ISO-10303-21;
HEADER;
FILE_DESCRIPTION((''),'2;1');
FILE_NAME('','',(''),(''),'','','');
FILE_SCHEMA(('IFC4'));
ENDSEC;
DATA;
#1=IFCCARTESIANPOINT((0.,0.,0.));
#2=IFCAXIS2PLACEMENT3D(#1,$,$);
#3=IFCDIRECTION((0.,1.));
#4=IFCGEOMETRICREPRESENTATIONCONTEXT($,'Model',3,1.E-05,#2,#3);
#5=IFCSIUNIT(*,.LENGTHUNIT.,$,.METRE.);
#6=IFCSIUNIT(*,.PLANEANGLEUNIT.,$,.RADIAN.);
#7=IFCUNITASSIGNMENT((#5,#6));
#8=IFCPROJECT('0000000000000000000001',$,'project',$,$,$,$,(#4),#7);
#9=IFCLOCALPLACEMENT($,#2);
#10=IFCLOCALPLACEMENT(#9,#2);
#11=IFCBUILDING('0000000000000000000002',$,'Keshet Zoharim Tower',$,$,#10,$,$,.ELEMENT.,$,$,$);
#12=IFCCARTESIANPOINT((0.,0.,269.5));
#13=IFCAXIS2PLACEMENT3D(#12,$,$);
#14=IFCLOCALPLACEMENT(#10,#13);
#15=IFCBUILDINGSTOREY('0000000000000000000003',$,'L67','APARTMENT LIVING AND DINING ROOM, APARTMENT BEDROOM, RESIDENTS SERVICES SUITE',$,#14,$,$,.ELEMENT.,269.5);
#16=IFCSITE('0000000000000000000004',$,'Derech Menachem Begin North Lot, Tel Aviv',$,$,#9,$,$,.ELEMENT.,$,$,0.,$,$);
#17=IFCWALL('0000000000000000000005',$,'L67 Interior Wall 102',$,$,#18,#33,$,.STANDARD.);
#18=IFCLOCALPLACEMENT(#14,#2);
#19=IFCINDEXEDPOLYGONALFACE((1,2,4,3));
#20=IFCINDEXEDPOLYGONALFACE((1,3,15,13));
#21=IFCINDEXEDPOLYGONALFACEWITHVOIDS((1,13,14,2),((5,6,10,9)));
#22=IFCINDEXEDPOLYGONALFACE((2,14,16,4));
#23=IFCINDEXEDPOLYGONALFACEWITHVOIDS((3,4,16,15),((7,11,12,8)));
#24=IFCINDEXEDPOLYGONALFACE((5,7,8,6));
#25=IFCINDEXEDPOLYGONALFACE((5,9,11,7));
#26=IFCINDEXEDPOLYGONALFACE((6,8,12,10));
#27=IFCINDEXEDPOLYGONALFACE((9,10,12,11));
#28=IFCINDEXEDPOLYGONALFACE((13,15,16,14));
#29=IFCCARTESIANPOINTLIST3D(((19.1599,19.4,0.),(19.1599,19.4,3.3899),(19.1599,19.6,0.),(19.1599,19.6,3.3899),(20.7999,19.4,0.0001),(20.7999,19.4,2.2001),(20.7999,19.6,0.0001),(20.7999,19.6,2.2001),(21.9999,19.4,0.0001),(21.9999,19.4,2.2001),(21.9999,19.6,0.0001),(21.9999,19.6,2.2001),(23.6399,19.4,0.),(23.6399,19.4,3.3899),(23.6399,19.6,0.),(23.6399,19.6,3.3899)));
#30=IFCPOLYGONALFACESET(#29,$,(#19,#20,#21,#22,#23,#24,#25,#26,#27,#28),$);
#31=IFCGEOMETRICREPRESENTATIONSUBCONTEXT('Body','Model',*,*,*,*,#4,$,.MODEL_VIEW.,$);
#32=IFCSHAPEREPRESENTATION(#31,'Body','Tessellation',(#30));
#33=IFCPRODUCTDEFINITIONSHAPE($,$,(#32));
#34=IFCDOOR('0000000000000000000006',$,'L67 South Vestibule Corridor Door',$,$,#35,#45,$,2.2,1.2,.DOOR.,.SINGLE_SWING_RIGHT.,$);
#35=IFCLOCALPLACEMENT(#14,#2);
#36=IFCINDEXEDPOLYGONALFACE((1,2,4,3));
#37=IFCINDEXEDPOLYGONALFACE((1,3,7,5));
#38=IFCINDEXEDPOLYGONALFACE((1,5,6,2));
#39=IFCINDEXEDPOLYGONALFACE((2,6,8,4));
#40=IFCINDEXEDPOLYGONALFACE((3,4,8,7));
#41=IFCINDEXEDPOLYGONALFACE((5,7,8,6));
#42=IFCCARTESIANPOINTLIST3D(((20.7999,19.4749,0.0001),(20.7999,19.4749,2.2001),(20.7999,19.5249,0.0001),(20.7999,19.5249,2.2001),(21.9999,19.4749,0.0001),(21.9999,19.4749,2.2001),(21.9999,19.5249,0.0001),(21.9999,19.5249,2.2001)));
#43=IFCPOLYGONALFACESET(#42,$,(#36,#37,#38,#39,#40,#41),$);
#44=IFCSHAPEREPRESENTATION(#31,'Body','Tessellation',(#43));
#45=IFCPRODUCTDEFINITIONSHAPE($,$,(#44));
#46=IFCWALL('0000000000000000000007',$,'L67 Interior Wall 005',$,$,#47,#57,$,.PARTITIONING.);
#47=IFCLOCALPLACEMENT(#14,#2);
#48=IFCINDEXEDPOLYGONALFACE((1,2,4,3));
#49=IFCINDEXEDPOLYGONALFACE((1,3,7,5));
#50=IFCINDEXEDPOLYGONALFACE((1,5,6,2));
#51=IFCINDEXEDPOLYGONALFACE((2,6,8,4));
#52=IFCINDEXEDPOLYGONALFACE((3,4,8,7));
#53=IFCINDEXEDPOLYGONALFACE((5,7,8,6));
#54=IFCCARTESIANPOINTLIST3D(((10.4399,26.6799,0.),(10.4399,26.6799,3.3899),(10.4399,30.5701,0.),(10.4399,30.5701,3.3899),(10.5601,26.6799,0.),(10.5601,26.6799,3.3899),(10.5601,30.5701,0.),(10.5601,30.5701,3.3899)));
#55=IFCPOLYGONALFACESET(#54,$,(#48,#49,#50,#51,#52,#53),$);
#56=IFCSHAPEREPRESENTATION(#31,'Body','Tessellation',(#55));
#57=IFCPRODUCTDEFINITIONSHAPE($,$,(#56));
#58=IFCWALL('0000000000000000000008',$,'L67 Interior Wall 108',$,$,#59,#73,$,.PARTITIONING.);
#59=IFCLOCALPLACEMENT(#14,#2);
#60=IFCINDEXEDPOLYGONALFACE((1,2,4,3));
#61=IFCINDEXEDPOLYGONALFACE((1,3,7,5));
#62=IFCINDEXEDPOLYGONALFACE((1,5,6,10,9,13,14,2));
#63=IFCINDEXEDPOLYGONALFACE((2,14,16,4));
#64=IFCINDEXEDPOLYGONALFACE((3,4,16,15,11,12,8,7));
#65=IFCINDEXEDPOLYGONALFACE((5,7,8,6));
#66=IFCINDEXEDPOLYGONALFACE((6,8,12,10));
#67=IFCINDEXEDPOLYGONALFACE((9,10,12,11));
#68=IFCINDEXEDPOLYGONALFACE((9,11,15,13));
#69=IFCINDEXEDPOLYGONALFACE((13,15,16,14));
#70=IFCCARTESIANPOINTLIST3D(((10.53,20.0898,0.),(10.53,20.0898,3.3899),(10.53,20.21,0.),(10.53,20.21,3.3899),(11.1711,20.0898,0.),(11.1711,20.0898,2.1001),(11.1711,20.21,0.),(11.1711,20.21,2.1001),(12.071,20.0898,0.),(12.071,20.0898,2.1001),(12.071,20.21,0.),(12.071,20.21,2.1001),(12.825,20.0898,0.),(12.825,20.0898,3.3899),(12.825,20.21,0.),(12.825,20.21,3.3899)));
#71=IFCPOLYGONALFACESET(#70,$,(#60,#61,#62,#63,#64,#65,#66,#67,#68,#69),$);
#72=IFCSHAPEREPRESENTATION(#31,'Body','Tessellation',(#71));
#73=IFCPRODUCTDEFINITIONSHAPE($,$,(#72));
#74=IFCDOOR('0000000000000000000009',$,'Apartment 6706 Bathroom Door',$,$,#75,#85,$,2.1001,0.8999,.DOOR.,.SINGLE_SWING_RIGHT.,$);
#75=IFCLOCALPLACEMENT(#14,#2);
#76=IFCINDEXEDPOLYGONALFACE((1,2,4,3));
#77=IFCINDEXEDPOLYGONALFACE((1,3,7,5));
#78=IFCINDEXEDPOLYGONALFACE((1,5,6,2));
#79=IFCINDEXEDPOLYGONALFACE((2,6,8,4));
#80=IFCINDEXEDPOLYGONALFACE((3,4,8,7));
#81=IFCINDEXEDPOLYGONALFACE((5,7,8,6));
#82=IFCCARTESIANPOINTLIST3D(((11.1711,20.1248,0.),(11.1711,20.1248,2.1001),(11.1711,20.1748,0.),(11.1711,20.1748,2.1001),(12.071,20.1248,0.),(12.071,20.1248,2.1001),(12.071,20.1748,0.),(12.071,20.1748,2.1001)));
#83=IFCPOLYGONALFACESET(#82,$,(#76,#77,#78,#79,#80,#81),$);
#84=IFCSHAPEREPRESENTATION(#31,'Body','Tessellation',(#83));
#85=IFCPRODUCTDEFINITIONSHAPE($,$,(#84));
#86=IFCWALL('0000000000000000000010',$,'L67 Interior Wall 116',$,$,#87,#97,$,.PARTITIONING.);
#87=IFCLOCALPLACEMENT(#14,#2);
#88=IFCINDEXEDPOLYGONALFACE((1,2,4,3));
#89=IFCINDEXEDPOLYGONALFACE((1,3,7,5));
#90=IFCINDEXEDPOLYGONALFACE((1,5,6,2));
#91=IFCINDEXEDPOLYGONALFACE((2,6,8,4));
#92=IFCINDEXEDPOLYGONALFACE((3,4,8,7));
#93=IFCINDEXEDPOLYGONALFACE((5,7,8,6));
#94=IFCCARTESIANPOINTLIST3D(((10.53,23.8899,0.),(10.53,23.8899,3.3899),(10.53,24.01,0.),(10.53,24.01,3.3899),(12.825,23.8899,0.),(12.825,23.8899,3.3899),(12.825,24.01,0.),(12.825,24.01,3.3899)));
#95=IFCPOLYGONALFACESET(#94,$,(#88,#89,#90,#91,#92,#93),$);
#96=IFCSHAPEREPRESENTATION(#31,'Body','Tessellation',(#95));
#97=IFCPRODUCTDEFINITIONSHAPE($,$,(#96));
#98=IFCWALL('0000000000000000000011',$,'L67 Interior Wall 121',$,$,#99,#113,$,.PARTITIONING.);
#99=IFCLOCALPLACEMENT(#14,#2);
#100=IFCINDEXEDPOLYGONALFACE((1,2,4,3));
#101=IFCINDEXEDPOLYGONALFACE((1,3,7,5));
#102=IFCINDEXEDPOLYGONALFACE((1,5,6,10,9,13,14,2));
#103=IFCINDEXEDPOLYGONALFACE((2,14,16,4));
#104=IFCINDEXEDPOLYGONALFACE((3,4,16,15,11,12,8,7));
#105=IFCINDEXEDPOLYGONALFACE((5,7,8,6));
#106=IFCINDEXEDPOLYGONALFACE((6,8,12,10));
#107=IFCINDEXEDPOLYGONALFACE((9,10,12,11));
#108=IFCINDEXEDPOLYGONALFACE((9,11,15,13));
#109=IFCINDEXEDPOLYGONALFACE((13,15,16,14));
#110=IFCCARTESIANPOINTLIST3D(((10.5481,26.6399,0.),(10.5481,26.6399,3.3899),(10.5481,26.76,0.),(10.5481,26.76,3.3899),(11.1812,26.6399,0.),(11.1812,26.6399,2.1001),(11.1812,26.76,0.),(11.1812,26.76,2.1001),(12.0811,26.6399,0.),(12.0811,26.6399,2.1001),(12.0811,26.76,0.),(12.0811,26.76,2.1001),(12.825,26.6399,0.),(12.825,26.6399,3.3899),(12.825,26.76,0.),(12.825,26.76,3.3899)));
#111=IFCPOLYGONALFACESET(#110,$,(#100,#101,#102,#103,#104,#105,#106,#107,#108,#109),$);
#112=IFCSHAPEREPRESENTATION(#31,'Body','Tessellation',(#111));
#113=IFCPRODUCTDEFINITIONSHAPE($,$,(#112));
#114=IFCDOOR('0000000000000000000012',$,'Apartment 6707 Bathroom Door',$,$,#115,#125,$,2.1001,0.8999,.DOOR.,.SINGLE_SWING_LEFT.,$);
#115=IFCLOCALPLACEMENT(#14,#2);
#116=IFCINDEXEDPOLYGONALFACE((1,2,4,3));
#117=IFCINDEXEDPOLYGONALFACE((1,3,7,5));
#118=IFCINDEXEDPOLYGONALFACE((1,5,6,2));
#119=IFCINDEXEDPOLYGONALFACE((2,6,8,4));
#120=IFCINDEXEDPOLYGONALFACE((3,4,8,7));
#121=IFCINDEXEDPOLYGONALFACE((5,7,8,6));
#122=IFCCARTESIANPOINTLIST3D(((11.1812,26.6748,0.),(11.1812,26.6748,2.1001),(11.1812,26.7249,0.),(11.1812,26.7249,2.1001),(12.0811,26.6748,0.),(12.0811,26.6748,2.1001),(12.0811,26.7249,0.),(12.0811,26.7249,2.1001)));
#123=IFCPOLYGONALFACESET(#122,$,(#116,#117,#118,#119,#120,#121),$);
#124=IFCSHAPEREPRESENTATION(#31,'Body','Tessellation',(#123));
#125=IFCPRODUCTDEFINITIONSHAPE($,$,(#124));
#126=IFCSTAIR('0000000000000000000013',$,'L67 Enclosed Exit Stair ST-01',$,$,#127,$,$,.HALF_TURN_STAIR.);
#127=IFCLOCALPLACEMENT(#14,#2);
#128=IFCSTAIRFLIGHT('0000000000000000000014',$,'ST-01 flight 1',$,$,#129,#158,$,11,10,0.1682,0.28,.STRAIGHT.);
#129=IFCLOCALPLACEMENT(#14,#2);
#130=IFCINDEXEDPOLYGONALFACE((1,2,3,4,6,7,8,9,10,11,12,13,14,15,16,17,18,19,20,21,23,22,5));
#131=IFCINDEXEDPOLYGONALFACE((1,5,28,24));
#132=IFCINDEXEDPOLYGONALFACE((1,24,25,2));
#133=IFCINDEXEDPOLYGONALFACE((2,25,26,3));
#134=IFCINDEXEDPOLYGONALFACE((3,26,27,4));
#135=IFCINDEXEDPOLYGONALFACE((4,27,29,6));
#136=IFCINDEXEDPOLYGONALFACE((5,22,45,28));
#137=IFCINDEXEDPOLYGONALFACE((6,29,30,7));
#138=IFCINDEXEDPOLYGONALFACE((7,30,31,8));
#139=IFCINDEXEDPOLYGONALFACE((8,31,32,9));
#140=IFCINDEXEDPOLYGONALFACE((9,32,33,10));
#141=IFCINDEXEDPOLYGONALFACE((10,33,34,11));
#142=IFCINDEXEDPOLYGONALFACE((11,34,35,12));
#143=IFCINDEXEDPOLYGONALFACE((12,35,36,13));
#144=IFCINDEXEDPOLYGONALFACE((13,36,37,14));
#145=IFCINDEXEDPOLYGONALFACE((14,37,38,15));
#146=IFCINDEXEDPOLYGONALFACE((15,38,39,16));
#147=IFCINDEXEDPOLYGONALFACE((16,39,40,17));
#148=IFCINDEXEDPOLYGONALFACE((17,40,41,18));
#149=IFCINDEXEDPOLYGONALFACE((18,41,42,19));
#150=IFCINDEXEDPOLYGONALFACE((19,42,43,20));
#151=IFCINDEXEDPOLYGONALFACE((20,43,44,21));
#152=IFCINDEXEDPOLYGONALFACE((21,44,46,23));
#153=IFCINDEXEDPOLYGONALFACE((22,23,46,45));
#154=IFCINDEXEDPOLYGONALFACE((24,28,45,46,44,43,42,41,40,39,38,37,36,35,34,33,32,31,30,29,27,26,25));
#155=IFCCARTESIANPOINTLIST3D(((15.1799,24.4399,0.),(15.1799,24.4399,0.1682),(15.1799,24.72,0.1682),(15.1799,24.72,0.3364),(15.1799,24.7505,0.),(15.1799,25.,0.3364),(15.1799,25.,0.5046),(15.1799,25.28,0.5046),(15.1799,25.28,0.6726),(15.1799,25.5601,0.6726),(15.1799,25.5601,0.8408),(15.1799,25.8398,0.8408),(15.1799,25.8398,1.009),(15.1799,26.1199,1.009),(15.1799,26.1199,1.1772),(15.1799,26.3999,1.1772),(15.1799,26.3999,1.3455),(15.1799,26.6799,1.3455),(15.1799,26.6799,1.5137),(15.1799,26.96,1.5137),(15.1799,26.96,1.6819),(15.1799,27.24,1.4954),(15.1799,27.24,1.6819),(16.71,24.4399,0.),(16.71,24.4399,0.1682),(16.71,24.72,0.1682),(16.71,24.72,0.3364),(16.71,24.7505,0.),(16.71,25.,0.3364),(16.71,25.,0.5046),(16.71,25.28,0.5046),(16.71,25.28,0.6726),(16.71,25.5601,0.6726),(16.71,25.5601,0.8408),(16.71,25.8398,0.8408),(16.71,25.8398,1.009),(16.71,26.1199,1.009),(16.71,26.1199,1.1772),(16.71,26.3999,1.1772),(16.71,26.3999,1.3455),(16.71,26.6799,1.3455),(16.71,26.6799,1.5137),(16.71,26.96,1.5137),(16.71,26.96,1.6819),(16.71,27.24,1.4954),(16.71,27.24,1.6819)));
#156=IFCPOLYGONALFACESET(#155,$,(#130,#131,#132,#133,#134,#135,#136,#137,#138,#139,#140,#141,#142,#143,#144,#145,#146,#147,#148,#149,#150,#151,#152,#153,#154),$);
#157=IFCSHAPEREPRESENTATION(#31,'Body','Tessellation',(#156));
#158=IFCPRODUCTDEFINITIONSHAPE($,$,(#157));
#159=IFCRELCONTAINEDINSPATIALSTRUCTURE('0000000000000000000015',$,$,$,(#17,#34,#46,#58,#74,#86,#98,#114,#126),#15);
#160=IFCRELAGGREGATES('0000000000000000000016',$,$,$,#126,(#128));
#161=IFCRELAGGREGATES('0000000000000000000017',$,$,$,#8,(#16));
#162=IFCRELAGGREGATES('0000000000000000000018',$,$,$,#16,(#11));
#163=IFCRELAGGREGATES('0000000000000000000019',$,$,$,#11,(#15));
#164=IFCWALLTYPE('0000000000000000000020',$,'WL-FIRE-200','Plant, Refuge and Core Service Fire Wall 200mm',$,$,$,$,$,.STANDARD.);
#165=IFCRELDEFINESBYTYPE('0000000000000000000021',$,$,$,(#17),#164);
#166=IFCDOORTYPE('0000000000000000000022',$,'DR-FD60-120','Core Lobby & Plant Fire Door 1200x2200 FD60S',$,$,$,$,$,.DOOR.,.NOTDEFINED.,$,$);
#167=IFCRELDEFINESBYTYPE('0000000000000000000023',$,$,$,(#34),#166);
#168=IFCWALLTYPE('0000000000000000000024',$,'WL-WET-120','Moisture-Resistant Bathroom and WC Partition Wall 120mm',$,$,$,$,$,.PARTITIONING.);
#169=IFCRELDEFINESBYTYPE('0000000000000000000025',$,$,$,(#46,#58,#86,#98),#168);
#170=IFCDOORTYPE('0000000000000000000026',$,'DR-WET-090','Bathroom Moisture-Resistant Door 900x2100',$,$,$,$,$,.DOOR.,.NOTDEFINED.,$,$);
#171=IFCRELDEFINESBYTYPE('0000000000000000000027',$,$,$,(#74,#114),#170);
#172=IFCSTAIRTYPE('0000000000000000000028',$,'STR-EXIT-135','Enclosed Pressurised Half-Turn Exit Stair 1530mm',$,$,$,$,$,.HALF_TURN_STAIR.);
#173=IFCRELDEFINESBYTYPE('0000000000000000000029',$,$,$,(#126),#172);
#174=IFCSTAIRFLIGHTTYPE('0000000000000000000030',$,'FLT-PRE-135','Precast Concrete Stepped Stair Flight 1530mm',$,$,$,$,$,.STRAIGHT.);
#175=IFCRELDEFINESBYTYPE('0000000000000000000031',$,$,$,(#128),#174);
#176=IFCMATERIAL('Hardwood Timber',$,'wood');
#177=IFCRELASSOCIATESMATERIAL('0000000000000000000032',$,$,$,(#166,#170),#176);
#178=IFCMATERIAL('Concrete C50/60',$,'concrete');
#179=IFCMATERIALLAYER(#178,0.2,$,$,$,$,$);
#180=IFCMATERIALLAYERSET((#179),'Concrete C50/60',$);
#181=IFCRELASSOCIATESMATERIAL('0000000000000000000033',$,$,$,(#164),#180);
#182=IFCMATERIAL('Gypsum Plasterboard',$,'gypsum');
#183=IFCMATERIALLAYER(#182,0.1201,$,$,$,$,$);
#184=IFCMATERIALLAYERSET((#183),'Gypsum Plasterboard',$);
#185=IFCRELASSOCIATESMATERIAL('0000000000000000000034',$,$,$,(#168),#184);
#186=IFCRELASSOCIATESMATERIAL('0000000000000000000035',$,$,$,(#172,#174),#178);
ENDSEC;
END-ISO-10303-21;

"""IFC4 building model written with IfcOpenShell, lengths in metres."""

from ifc_helpers import new_model, si_unit, direction, frame, frame_2d, origin, place, context, subcontext, project, spatial, polyline, rectangle, outline, extrude, material, layer, layer_set, type_object, element, fill, aggregate, save


model = new_model("IFC4")

# Units and contexts
model_context = context("Model", 3, precision=1e-05, world=origin(), true_north=direction((0.0, 1.0)))
body_context = subcontext(model_context, "Body", "Model", "MODEL_VIEW")
ifc_project = project(units=[si_unit("LENGTHUNIT", "METRE"), si_unit("PLANEANGLEUNIT", "RADIAN")], contexts=[model_context])

# Site, building, storey
site_placement = place(None, origin())
site = spatial("IfcSite", under=ifc_project, at=site_placement, Name="Derech Menachem Begin North Lot, Tel Aviv", CompositionType="ELEMENT", RefElevation=0.0)
building_placement = place(site_placement, origin())
building = spatial("IfcBuilding", under=site, at=building_placement, Name="Keshet Zoharim Tower", CompositionType="ELEMENT")
storey_placement = place(building_placement, frame((0.0, 0.0, 269.5)))
storey = spatial("IfcBuildingStorey", under=building, at=storey_placement, Name="L67", Description="APARTMENT LIVING AND DINING ROOM, APARTMENT BEDROOM, RESIDENTS SERVICES SUITE", CompositionType="ELEMENT", Elevation=269.5)

# Shared definitions
ifc_material_1 = material(Name="Concrete C50/60", Category="concrete")

# Shared definitions
ifc_material_2 = material(Name="Hardwood Timber", Category="wood")

# Shared definitions
door_type_1 = type_object("IfcDoorType", Name="DR-FD60-120", Description="Core Lobby & Plant Fire Door 1200x2200 FD60S", OperationType="NOTDEFINED", PredefinedType="DOOR", material=ifc_material_2)

# Shared definitions
ifc_material_3 = material(Name="Gypsum Plasterboard", Category="gypsum")

# Wall, opening, door
ifc_layer_1 = layer(ifc_material_1, 0.2)
ifc_layer_set_1 = layer_set([ifc_layer_1], Name="Concrete C50/60")
wall_type_1 = type_object("IfcWallType", Name="WL-FIRE-200", Description="Plant, Refuge and Core Service Fire Wall 200mm", PredefinedType="STANDARD", material=ifc_layer_set_1)
wall_1_placement = place(storey_placement, frame((19.1599, 19.5, 0.0), z_axis=(0.0, 0.0, 1.0), x_axis=(1.0, 0.0, 0.0)))
wall_1 = element("IfcWall", 1, at=wall_1_placement, inside=storey, type_object=wall_type_1, Name="L67 Interior Wall 102", PredefinedType="STANDARD", context=body_context, shape_type="SweptSolid", body=[
    extrude(rectangle(XDim=4.48, YDim=0.2, at=frame_2d((2.24, 0.0))), origin(), (0.0, 0.0, 1.0), 3.3899),
])
opening_1_placement = place(wall_1_placement, frame((1.6399, 0.0, 0.0)))
opening_1 = element("IfcOpeningElement", 2, at=opening_1_placement, cuts=wall_1, PredefinedType="OPENING", context=body_context, shape_type="SweptSolid", body=[
    extrude(rectangle(XDim=1.2, YDim=2.2, at=frame_2d((0.6001, 1.1001))), frame((0.0, 0.1099, 0.0), z_axis=(0.0, -1.0, 0.0), x_axis=(1.0, 0.0, 0.0)), (0.0, 0.0, 1.0), 0.22),
])
door_1_placement = place(opening_1_placement, origin())
door_1 = element("IfcDoor", 3, at=door_1_placement, inside=storey, type_object=door_type_1, Name="L67 South Vestibule Corridor Door", OperationType="SINGLE_SWING_RIGHT", OverallHeight=2.2, OverallWidth=1.2, PredefinedType="DOOR", context=body_context, shape_type="SweptSolid", body=[
    extrude(rectangle(XDim=1.2, YDim=2.2, at=frame_2d((0.6001, 1.1001))), frame((0.0, 0.0249, 0.0), z_axis=(0.0, -1.0, 0.0), x_axis=(1.0, 0.0, 0.0)), (0.0, 0.0, 1.0), 0.05),
])
fill(opening_1, door_1)

# Wall
ifc_layer_2 = layer(ifc_material_3, 0.1201)
ifc_layer_set_2 = layer_set([ifc_layer_2], Name="Gypsum Plasterboard")
wall_type_2 = type_object("IfcWallType", Name="WL-WET-120", Description="Moisture-Resistant Bathroom and WC Partition Wall 120mm", PredefinedType="PARTITIONING", material=ifc_layer_set_2)
wall_2_placement = place(storey_placement, frame((10.5, 26.6799, 0.0), z_axis=(0.0, 0.0, 1.0), x_axis=(0.0, 1.0, 0.0)))
element("IfcWall", 4, at=wall_2_placement, inside=storey, type_object=wall_type_2, Name="L67 Interior Wall 005", PredefinedType="PARTITIONING", context=body_context, shape_type="SweptSolid", body=[
    extrude(rectangle(XDim=3.8901, YDim=0.1201, at=frame_2d((1.9451, 0.0))), origin(), (0.0, 0.0, 1.0), 3.3899),
])

# Wall, opening, door
wall_3_placement = place(storey_placement, frame((10.53, 20.1499, 0.0), z_axis=(0.0, 0.0, 1.0), x_axis=(1.0, 0.0, 0.0)))
wall_3 = element("IfcWall", 5, at=wall_3_placement, inside=storey, type_object=wall_type_2, Name="L67 Interior Wall 108", PredefinedType="PARTITIONING", context=body_context, shape_type="SweptSolid", body=[
    extrude(rectangle(XDim=2.2949, YDim=0.1201, at=frame_2d((1.1475, 0.0))), origin(), (0.0, 0.0, 1.0), 3.3899),
])
opening_2_placement = place(wall_3_placement, frame((0.6411, 0.0, 0.0)))
opening_2 = element("IfcOpeningElement", 6, at=opening_2_placement, cuts=wall_3, PredefinedType="OPENING", context=body_context, shape_type="SweptSolid", body=[
    extrude(rectangle(XDim=0.8999, YDim=2.1001, at=frame_2d((0.45, 1.05))), frame((0.0, 0.0701, 0.0), z_axis=(0.0, -1.0, 0.0), x_axis=(1.0, 0.0, 0.0)), (0.0, 0.0, 1.0), 0.1401),
])
door_type_2 = type_object("IfcDoorType", Name="DR-WET-090", Description="Bathroom Moisture-Resistant Door 900x2100", OperationType="NOTDEFINED", PredefinedType="DOOR", material=ifc_material_2)
door_2_placement = place(opening_2_placement, origin())
door_2 = element("IfcDoor", 7, at=door_2_placement, inside=storey, type_object=door_type_2, Name="Apartment 6706 Bathroom Door", OperationType="SINGLE_SWING_RIGHT", OverallHeight=2.1001, OverallWidth=0.8999, PredefinedType="DOOR", context=body_context, shape_type="SweptSolid", body=[
    extrude(rectangle(XDim=0.8999, YDim=2.1001, at=frame_2d((0.45, 1.05))), frame((0.0, 0.0249, 0.0), z_axis=(0.0, -1.0, 0.0), x_axis=(1.0, 0.0, 0.0)), (0.0, 0.0, 1.0), 0.05),
])
fill(opening_2, door_2)

# Wall
wall_4_placement = place(storey_placement, frame((10.53, 23.95, 0.0), z_axis=(0.0, 0.0, 1.0), x_axis=(1.0, 0.0, 0.0)))
element("IfcWall", 8, at=wall_4_placement, inside=storey, type_object=wall_type_2, Name="L67 Interior Wall 116", PredefinedType="PARTITIONING", context=body_context, shape_type="SweptSolid", body=[
    extrude(rectangle(XDim=2.2949, YDim=0.1201, at=frame_2d((1.1475, 0.0))), origin(), (0.0, 0.0, 1.0), 3.3899),
])

# Wall, opening, door
wall_5_placement = place(storey_placement, frame((10.5481, 26.7, 0.0), z_axis=(0.0, 0.0, 1.0), x_axis=(1.0, 0.0, 0.0)))
wall_5 = element("IfcWall", 9, at=wall_5_placement, inside=storey, type_object=wall_type_2, Name="L67 Interior Wall 121", PredefinedType="PARTITIONING", context=body_context, shape_type="SweptSolid", body=[
    extrude(rectangle(XDim=2.2769, YDim=0.1201, at=frame_2d((1.1384, 0.0))), origin(), (0.0, 0.0, 1.0), 3.3899),
])
opening_3_placement = place(wall_5_placement, frame((0.6331, 0.0, 0.0)))
opening_3 = element("IfcOpeningElement", 10, at=opening_3_placement, cuts=wall_5, PredefinedType="OPENING", context=body_context, shape_type="SweptSolid", body=[
    extrude(rectangle(XDim=0.8999, YDim=2.1001, at=frame_2d((0.45, 1.05))), frame((0.0, 0.0701, 0.0), z_axis=(0.0, -1.0, 0.0), x_axis=(1.0, 0.0, 0.0)), (0.0, 0.0, 1.0), 0.1401),
])
door_3_placement = place(opening_3_placement, origin())
door_3 = element("IfcDoor", 11, at=door_3_placement, inside=storey, type_object=door_type_2, Name="Apartment 6707 Bathroom Door", OperationType="SINGLE_SWING_LEFT", OverallHeight=2.1001, OverallWidth=0.8999, PredefinedType="DOOR", context=body_context, shape_type="SweptSolid", body=[
    extrude(rectangle(XDim=0.8999, YDim=2.1001, at=frame_2d((0.45, 1.05))), frame((0.0, 0.0249, 0.0), z_axis=(0.0, -1.0, 0.0), x_axis=(1.0, 0.0, 0.0)), (0.0, 0.0, 1.0), 0.05),
])
fill(opening_3, door_3)

# Stair, stair flight
stair_type = type_object("IfcStairType", Name="STR-EXIT-135", Description="Enclosed Pressurised Half-Turn Exit Stair 1530mm", PredefinedType="HALF_TURN_STAIR", material=ifc_material_1)
stair_placement = place(storey_placement, origin())
stair = element("IfcStair", 12, at=stair_placement, inside=storey, type_object=stair_type, Name="L67 Enclosed Exit Stair ST-01", PredefinedType="HALF_TURN_STAIR")
stair_flight_type = type_object("IfcStairFlightType", Name="FLT-PRE-135", Description="Precast Concrete Stepped Stair Flight 1530mm", PredefinedType="STRAIGHT", material=ifc_material_1)
stair_flight_1_placement = place(storey_placement, frame((15.9451, 24.4399, 0.0), z_axis=(0.0, 0.0, 1.0), x_axis=(0.0, 1.0, 0.0)))
stair_flight_1 = element("IfcStairFlight", 13, at=stair_flight_1_placement, type_object=stair_flight_type, Name="ST-01 flight 1", NumberOfRisers=11, NumberOfTreads=10, PredefinedType="STRAIGHT", RiserHeight=0.1682, TreadLength=0.28, context=body_context, shape_type="SweptSolid", body=[
    extrude(outline(polyline([(0.0, 0.0), (0.0, 0.1682), (0.28, 0.1682), (0.28, 0.3364), (0.5601, 0.3364), (0.5601, 0.5046), (0.8401, 0.5046), (0.8401, 0.6726), (1.1201, 0.6726), (1.1201, 0.8408), (1.3999, 0.8408), (1.3999, 1.009), (1.6799, 1.009), (1.6799, 1.1772), (1.96, 1.1772), (1.96, 1.3455), (2.24, 1.3455), (2.24, 1.5137), (2.52, 1.5137), (2.52, 1.6819), (2.8, 1.6819), (2.8, 1.8501), (2.8, 1.4954), (0.3105, 0.0), (0.0, 0.0)])), frame((0.0, 0.7651, 0.0), z_axis=(0.0, -1.0, 0.0), x_axis=(1.0, 0.0, 0.0)), (0.0, 0.0, 1.0), 1.53),
])
aggregate(stair, [stair_flight_1])

save(model, "model.ifc")
